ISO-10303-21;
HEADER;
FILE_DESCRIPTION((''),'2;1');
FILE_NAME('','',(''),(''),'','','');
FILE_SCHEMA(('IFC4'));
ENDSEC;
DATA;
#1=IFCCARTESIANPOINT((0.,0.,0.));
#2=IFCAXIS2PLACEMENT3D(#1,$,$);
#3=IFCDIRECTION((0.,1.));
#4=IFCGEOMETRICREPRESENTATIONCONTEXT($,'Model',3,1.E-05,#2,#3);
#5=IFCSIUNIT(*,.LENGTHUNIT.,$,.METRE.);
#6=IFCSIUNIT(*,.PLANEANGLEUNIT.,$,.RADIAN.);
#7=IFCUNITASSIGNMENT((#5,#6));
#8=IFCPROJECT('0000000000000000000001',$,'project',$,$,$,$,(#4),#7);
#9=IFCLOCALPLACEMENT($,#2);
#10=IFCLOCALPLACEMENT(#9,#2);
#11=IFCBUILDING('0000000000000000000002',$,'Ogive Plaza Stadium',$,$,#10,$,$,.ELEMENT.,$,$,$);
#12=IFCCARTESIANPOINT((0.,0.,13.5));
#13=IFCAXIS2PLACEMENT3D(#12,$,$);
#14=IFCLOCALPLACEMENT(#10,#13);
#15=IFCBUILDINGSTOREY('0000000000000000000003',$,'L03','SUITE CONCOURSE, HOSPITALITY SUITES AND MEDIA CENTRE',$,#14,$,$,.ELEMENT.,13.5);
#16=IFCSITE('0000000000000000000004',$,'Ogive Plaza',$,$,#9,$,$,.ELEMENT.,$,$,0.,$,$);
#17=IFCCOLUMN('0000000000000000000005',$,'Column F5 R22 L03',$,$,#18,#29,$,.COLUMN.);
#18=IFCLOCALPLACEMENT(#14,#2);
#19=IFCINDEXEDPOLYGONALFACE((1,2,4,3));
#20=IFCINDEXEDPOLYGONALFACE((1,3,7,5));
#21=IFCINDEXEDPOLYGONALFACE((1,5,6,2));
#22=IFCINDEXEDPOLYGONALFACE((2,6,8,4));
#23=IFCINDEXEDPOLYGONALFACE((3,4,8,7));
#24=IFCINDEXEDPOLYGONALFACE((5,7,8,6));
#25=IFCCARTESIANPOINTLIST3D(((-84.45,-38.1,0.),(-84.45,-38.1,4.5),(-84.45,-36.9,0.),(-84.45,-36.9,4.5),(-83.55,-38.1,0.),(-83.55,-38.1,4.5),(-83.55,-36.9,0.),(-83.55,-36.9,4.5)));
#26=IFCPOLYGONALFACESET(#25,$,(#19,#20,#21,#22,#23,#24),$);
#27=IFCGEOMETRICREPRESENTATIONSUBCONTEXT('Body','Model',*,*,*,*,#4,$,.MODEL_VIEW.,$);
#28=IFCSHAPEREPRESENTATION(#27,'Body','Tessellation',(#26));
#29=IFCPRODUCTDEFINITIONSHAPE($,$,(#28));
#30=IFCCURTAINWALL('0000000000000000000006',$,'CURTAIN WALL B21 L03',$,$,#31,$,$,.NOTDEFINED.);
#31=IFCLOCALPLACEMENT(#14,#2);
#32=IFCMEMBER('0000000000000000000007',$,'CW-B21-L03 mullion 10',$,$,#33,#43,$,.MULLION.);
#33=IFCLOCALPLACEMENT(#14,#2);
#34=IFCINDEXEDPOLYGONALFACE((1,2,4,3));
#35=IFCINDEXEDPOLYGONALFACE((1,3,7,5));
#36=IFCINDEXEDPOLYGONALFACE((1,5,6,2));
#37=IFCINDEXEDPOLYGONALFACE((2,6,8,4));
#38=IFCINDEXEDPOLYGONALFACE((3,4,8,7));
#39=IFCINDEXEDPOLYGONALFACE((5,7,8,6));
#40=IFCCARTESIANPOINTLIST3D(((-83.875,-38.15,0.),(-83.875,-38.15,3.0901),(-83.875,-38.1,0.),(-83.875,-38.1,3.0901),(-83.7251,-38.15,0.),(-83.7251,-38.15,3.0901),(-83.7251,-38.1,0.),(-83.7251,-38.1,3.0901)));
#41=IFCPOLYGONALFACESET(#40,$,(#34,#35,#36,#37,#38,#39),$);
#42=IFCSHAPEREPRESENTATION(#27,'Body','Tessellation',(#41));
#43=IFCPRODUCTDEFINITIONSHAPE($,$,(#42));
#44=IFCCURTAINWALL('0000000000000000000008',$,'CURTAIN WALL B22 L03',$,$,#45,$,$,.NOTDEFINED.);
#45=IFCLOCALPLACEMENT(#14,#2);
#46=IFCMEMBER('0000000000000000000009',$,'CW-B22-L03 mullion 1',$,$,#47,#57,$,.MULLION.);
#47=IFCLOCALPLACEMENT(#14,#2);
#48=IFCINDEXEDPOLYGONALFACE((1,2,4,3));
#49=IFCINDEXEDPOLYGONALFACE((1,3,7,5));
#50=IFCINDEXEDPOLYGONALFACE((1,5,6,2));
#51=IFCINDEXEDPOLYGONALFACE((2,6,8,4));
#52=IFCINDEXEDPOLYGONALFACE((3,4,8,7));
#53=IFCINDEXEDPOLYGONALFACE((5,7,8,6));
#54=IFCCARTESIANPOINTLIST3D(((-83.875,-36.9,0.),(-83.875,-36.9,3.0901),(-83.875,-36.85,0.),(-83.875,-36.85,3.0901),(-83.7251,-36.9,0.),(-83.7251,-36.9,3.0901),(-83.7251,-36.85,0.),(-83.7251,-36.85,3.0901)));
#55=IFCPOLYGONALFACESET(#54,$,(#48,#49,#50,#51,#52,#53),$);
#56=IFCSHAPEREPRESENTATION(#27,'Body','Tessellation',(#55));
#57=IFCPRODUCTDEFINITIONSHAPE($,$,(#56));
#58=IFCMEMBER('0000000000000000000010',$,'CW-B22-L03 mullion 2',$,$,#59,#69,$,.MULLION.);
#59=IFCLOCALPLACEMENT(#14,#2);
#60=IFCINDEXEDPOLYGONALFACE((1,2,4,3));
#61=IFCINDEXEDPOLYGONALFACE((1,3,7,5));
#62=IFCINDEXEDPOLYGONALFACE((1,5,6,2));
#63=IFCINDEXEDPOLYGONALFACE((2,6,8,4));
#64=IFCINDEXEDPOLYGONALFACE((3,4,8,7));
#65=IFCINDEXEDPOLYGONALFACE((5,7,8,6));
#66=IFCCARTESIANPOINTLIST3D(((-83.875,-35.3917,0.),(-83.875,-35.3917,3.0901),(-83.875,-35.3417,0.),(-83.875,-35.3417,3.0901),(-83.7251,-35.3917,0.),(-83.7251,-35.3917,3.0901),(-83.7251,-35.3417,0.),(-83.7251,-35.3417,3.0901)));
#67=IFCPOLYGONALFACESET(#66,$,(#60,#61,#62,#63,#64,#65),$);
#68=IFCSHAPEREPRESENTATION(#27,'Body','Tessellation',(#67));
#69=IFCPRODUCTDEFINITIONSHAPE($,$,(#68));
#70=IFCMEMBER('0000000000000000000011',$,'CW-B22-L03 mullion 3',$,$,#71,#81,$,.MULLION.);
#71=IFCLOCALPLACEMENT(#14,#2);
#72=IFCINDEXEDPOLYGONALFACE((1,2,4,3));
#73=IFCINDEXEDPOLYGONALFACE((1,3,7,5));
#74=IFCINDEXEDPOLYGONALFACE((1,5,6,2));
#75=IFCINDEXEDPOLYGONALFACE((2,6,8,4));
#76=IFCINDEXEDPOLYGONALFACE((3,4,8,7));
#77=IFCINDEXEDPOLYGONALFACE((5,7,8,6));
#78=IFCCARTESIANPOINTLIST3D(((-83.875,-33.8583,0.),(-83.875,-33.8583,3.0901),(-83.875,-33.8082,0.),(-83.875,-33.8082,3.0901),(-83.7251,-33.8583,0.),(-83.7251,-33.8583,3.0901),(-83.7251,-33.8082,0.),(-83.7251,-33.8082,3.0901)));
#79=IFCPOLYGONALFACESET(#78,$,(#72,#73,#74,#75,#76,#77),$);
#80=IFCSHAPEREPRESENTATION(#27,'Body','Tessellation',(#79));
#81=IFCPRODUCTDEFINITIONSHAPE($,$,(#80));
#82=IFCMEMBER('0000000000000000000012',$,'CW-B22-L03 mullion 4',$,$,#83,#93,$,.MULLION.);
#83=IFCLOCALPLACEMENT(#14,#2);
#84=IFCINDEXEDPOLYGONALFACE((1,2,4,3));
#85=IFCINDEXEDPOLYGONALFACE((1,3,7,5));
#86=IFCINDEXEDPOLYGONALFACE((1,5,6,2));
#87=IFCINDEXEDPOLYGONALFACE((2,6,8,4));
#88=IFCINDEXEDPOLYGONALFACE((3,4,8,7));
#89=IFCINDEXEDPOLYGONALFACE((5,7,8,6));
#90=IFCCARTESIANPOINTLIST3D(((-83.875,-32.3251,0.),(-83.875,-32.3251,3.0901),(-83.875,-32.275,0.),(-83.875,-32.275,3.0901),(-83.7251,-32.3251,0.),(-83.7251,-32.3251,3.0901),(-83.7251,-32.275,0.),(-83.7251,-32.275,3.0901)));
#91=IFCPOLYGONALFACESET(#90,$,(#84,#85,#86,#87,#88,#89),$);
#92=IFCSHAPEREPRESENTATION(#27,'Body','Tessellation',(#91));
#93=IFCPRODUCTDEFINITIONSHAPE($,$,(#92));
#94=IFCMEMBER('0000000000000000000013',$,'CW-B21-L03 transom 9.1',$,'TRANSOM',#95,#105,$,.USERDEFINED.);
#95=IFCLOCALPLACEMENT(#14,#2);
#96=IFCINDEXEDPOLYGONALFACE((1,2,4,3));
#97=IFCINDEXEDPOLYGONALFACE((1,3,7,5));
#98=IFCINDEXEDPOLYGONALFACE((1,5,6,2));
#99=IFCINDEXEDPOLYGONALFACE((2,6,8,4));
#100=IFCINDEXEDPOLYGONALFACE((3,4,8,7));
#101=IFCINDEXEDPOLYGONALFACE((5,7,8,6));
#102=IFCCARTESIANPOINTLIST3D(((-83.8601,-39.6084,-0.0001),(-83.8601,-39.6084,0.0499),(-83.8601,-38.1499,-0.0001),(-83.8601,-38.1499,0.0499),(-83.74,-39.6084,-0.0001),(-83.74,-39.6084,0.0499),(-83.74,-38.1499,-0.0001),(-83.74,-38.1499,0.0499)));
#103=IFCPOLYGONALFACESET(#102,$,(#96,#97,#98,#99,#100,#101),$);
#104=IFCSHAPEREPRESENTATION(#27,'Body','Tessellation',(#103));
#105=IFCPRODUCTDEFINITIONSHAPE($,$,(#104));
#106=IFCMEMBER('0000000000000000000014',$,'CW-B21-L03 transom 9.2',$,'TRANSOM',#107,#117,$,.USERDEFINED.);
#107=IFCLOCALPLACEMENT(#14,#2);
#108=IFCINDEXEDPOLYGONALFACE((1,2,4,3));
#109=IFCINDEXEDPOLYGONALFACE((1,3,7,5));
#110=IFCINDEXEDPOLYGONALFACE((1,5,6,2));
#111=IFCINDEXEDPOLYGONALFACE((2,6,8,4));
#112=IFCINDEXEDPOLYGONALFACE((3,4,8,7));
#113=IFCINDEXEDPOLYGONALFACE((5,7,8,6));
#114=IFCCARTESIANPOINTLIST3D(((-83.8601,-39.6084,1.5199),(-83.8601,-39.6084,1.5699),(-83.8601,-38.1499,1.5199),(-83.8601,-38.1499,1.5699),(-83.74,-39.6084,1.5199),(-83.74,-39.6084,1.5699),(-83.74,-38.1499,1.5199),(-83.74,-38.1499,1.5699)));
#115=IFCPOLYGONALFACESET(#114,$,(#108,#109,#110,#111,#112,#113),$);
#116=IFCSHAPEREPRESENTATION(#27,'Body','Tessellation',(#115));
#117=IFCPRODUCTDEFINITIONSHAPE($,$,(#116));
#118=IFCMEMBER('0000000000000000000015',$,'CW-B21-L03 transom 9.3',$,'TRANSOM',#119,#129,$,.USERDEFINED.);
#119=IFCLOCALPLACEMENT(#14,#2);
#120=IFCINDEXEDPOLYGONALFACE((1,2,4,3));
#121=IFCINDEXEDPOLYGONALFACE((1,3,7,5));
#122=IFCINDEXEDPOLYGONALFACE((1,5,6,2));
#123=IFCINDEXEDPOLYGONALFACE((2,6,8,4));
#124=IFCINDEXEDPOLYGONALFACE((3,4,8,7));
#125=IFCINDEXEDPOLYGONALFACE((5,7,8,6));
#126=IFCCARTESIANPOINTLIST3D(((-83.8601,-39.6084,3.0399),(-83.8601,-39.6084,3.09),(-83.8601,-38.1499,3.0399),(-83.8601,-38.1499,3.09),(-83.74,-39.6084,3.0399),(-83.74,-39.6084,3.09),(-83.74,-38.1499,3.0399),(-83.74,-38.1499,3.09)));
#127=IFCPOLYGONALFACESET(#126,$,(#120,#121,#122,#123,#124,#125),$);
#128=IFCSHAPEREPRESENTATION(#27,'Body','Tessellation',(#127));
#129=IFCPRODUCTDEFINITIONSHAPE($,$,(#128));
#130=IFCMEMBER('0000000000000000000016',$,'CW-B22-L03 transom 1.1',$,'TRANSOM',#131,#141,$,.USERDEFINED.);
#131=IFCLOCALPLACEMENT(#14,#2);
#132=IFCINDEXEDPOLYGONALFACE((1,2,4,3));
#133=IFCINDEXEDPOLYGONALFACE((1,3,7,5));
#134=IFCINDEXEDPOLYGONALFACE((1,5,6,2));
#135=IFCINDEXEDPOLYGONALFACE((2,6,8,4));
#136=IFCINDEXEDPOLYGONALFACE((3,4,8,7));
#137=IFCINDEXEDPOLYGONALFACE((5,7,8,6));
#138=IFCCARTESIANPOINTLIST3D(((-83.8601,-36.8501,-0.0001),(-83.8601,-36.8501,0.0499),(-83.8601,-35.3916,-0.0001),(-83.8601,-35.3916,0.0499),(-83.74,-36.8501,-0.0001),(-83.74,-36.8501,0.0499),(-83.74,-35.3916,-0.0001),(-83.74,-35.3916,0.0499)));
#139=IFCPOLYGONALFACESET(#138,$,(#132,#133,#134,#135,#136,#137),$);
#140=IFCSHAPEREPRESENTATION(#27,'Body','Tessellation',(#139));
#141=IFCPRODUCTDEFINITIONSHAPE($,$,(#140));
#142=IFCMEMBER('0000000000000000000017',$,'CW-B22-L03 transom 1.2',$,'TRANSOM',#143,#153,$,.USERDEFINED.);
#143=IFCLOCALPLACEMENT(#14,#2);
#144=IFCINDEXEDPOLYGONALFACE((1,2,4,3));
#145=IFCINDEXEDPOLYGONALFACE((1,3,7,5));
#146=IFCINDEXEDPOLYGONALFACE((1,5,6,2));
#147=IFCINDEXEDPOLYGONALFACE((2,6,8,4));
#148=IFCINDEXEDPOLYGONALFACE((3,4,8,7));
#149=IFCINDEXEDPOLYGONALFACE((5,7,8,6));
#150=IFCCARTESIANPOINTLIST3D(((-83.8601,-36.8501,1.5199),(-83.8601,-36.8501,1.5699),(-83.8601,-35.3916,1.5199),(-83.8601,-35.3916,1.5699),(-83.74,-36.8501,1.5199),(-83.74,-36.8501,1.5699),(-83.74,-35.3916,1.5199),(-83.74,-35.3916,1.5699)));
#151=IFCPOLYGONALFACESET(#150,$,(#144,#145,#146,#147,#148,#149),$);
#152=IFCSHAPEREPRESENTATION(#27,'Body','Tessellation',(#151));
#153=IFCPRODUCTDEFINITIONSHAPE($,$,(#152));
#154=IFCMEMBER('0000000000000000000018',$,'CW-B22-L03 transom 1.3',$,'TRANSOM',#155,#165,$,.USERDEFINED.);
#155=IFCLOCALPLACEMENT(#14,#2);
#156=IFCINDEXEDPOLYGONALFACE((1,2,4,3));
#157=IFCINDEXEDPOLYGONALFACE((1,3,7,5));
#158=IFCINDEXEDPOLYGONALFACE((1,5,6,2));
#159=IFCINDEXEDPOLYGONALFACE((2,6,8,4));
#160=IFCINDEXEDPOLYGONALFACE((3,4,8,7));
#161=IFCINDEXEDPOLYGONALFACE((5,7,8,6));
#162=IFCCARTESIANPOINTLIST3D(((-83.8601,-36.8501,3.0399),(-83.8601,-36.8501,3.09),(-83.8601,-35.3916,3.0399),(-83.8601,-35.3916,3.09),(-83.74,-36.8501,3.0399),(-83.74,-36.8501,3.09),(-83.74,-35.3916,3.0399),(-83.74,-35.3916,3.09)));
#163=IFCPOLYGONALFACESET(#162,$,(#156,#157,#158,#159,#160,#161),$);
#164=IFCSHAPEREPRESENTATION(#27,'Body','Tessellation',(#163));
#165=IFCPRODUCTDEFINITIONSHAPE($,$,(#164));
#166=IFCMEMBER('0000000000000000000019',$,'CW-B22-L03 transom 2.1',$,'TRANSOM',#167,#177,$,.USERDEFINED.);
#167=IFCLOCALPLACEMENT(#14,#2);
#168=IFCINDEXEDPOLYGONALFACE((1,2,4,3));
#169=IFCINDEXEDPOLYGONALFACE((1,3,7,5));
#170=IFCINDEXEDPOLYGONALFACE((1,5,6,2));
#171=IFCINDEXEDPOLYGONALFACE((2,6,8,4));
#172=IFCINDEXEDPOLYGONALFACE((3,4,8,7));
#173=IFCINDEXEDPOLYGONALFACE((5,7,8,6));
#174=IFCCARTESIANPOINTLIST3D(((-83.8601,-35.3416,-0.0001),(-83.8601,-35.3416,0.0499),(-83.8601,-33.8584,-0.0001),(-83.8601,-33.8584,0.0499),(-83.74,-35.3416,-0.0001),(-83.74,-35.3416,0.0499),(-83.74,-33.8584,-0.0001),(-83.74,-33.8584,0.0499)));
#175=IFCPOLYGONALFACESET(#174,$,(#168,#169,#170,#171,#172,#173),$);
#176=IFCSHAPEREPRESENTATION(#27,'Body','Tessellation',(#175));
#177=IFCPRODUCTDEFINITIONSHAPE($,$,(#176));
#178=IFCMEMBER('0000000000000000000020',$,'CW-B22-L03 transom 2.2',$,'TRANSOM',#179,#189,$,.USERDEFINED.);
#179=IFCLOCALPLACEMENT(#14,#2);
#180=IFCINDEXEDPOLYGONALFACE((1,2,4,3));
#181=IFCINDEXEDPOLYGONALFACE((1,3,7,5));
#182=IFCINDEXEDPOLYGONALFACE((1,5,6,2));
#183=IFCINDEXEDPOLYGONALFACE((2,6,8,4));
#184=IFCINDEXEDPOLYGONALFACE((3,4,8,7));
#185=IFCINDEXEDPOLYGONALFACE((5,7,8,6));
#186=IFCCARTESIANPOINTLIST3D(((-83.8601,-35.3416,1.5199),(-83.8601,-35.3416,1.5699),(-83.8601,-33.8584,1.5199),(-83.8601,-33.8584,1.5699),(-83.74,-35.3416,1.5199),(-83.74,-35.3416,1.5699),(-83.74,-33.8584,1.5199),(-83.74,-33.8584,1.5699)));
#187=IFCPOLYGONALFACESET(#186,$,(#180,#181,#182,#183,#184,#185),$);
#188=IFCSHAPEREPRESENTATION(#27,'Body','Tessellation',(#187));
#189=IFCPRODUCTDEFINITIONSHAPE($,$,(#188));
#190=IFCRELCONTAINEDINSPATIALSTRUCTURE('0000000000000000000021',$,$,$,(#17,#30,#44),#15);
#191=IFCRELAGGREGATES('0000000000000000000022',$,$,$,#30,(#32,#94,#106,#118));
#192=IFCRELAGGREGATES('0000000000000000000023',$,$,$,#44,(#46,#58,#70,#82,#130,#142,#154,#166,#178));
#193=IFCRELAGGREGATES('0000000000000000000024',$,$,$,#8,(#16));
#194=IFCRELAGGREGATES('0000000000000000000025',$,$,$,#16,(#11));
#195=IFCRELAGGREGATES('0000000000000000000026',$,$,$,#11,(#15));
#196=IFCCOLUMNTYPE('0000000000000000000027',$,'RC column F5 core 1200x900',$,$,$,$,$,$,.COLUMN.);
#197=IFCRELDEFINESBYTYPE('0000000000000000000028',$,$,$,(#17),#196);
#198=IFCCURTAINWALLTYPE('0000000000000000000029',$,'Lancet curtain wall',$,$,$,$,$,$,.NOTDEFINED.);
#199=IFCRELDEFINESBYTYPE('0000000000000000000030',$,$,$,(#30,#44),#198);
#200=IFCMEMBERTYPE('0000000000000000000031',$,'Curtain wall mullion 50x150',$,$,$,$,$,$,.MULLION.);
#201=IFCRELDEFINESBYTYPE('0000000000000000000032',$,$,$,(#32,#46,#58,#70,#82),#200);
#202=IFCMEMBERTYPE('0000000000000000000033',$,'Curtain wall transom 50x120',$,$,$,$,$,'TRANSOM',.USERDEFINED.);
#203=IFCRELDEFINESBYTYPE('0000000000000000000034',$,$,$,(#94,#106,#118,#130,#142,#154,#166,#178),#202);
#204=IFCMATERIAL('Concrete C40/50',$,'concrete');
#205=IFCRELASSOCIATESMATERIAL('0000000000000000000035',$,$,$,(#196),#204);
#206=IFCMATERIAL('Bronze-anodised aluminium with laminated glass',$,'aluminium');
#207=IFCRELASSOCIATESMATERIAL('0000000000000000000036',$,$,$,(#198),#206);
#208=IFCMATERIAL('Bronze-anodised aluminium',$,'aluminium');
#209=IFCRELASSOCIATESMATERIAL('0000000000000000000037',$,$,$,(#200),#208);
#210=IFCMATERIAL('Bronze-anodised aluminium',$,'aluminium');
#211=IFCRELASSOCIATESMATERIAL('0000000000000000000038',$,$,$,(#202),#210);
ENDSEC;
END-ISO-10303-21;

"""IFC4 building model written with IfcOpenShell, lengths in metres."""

from ifc_helpers import new_model, si_unit, direction, frame, origin, origin_2d, place, context, subcontext, project, spatial, rectangle, extrude, material, material_profile, profile_set, type_object, element, aggregate, save


model = new_model("IFC4")

# Units and contexts
model_context = context("Model", 3, precision=1e-05, world=origin(), true_north=direction((0.0, 1.0)))
body_context = subcontext(model_context, "Body", "Model", "MODEL_VIEW")
ifc_project = project(units=[si_unit("LENGTHUNIT", "METRE"), si_unit("PLANEANGLEUNIT", "RADIAN")], contexts=[model_context])

# Site, building, storey
site_placement = place(None, origin())
site = spatial("IfcSite", under=ifc_project, at=site_placement, Name="Ogive Plaza", CompositionType="ELEMENT", RefElevation=0.0)
building_placement = place(site_placement, origin())
building = spatial("IfcBuilding", under=site, at=building_placement, Name="Ogive Plaza Stadium", CompositionType="ELEMENT")
storey_placement = place(building_placement, frame((0.0, 0.0, 13.5)))
storey = spatial("IfcBuildingStorey", under=building, at=storey_placement, Name="L03", Description="SUITE CONCOURSE, HOSPITALITY SUITES AND MEDIA CENTRE", CompositionType="ELEMENT", Elevation=13.5)

# Column
ifc_material_1 = material(Name="Concrete C40/50", Category="concrete")
ifc_material_profile_1 = material_profile(ifc_material_1, rectangle(XDim=1.2, YDim=0.8999, at=origin_2d()), Name="RC 1200x900")
ifc_profile_set_1 = profile_set([ifc_material_profile_1], Name="Concrete C40/50")
column_type = type_object("IfcColumnType", Name="RC column F5 core 1200x900", PredefinedType="COLUMN", material=ifc_profile_set_1)
column_placement = place(storey_placement, frame((-84.0, -37.5, 0.0), z_axis=(0.0, 0.0, 1.0), x_axis=(0.0, -1.0, 0.0)))
element("IfcColumn", 1, at=column_placement, inside=storey, type_object=column_type, Name="Column F5 R22 L03", PredefinedType="COLUMN", context=body_context, shape_type="SweptSolid", body=[
    extrude(rectangle(XDim=1.2, YDim=0.8999, at=origin_2d()), origin(), (0.0, 0.0, 1.0), 4.5),
])

# Curtain wall, member
ifc_material_2 = material(Name="Bronze-anodised aluminium with laminated glass", Category="aluminium")
curtain_wall_type = type_object("IfcCurtainWallType", Name="Lancet curtain wall", PredefinedType="NOTDEFINED", material=ifc_material_2)
curtain_wall_1_placement = place(storey_placement, origin())
curtain_wall_1 = element("IfcCurtainWall", 2, at=curtain_wall_1_placement, inside=storey, type_object=curtain_wall_type, Name="CURTAIN WALL B21 L03", PredefinedType="NOTDEFINED")
ifc_material_3 = material(Name="Bronze-anodised aluminium", Category="aluminium")
ifc_material_profile_2 = material_profile(ifc_material_3, rectangle(XDim=0.1499, YDim=0.05, at=origin_2d()), Name="AL 150x50")
ifc_profile_set_2 = profile_set([ifc_material_profile_2], Name="Bronze-anodised aluminium")
member_type_1 = type_object("IfcMemberType", Name="Curtain wall mullion 50x150", PredefinedType="MULLION", material=ifc_profile_set_2)
member_1_placement = place(storey_placement, frame((-83.8, -38.125, 0.0), z_axis=(0.0, 0.0, 1.0), x_axis=(-1.0, 0.0, 0.0)))
member_1 = element("IfcMember", 3, at=member_1_placement, type_object=member_type_1, Name="CW-B21-L03 mullion 10", PredefinedType="MULLION", context=body_context, shape_type="SweptSolid", body=[
    extrude(rectangle(XDim=0.1499, YDim=0.05, at=origin_2d()), origin(), (0.0, 0.0, 1.0), 3.0901),
])

# Curtain wall, members
curtain_wall_2_placement = place(storey_placement, origin())
curtain_wall_2 = element("IfcCurtainWall", 4, at=curtain_wall_2_placement, inside=storey, type_object=curtain_wall_type, Name="CURTAIN WALL B22 L03", PredefinedType="NOTDEFINED")
member_2_placement = place(storey_placement, frame((-83.8, -36.875, 0.0), z_axis=(0.0, 0.0, 1.0), x_axis=(-1.0, 0.0, 0.0)))
member_2 = element("IfcMember", 5, at=member_2_placement, type_object=member_type_1, Name="CW-B22-L03 mullion 1", PredefinedType="MULLION", context=body_context, shape_type="SweptSolid", body=[
    extrude(rectangle(XDim=0.1499, YDim=0.05, at=origin_2d()), origin(), (0.0, 0.0, 1.0), 3.0901),
])
member_3_placement = place(storey_placement, frame((-83.8, -35.3667, 0.0), z_axis=(0.0, 0.0, 1.0), x_axis=(-1.0, 0.0, 0.0)))
member_3 = element("IfcMember", 6, at=member_3_placement, type_object=member_type_1, Name="CW-B22-L03 mullion 2", PredefinedType="MULLION", context=body_context, shape_type="SweptSolid", body=[
    extrude(rectangle(XDim=0.1499, YDim=0.05, at=origin_2d()), origin(), (0.0, 0.0, 1.0), 3.0901),
])
member_4_placement = place(storey_placement, frame((-83.8, -33.8333, 0.0), z_axis=(0.0, 0.0, 1.0), x_axis=(-1.0, 0.0, 0.0)))
member_4 = element("IfcMember", 7, at=member_4_placement, type_object=member_type_1, Name="CW-B22-L03 mullion 3", PredefinedType="MULLION", context=body_context, shape_type="SweptSolid", body=[
    extrude(rectangle(XDim=0.1499, YDim=0.05, at=origin_2d()), origin(), (0.0, 0.0, 1.0), 3.0901),
])
member_5_placement = place(storey_placement, frame((-83.8, -32.3, 0.0), z_axis=(0.0, 0.0, 1.0), x_axis=(-1.0, 0.0, 0.0)))
member_5 = element("IfcMember", 8, at=member_5_placement, type_object=member_type_1, Name="CW-B22-L03 mullion 4", PredefinedType="MULLION", context=body_context, shape_type="SweptSolid", body=[
    extrude(rectangle(XDim=0.1499, YDim=0.05, at=origin_2d()), origin(), (0.0, 0.0, 1.0), 3.0901),
])

# Members
ifc_material_4 = material(Name="Bronze-anodised aluminium", Category="aluminium")
ifc_material_profile_3 = material_profile(ifc_material_4, rectangle(XDim=0.1201, YDim=0.05, at=origin_2d()), Name="AL 120x50")
ifc_profile_set_3 = profile_set([ifc_material_profile_3], Name="Bronze-anodised aluminium")
member_type_2 = type_object("IfcMemberType", Name="Curtain wall transom 50x120", ElementType="TRANSOM", PredefinedType="USERDEFINED", material=ifc_profile_set_3)
member_6_placement = place(storey_placement, frame((-83.8, -39.6084, 0.0249), z_axis=(0.0, 1.0, 0.0), x_axis=(-1.0, 0.0, 0.0)))
member_6 = element("IfcMember", 9, at=member_6_placement, type_object=member_type_2, Name="CW-B21-L03 transom 9.1", ObjectType="TRANSOM", PredefinedType="USERDEFINED", context=body_context, shape_type="SweptSolid", body=[
    extrude(rectangle(XDim=0.1201, YDim=0.05, at=origin_2d()), origin(), (0.0, 0.0, 1.0), 1.4585),
])
member_7_placement = place(storey_placement, frame((-83.8, -39.6084, 1.5449), z_axis=(0.0, 1.0, 0.0), x_axis=(-1.0, 0.0, 0.0)))
member_7 = element("IfcMember", 10, at=member_7_placement, type_object=member_type_2, Name="CW-B21-L03 transom 9.2", ObjectType="TRANSOM", PredefinedType="USERDEFINED", context=body_context, shape_type="SweptSolid", body=[
    extrude(rectangle(XDim=0.1201, YDim=0.05, at=origin_2d()), origin(), (0.0, 0.0, 1.0), 1.4585),
])
member_8_placement = place(storey_placement, frame((-83.8, -39.6084, 3.0649), z_axis=(0.0, 1.0, 0.0), x_axis=(-1.0, 0.0, 0.0)))
member_8 = element("IfcMember", 11, at=member_8_placement, type_object=member_type_2, Name="CW-B21-L03 transom 9.3", ObjectType="TRANSOM", PredefinedType="USERDEFINED", context=body_context, shape_type="SweptSolid", body=[
    extrude(rectangle(XDim=0.1201, YDim=0.05, at=origin_2d()), origin(), (0.0, 0.0, 1.0), 1.4585),
])
member_9_placement = place(storey_placement, frame((-83.8, -36.8501, 0.0249), z_axis=(0.0, 1.0, 0.0), x_axis=(-1.0, 0.0, 0.0)))
member_9 = element("IfcMember", 12, at=member_9_placement, type_object=member_type_2, Name="CW-B22-L03 transom 1.1", ObjectType="TRANSOM", PredefinedType="USERDEFINED", context=body_context, shape_type="SweptSolid", body=[
    extrude(rectangle(XDim=0.1201, YDim=0.05, at=origin_2d()), origin(), (0.0, 0.0, 1.0), 1.4585),
])
member_10_placement = place(storey_placement, frame((-83.8, -36.8501, 1.5449), z_axis=(0.0, 1.0, 0.0), x_axis=(-1.0, 0.0, 0.0)))
member_10 = element("IfcMember", 13, at=member_10_placement, type_object=member_type_2, Name="CW-B22-L03 transom 1.2", ObjectType="TRANSOM", PredefinedType="USERDEFINED", context=body_context, shape_type="SweptSolid", body=[
    extrude(rectangle(XDim=0.1201, YDim=0.05, at=origin_2d()), origin(), (0.0, 0.0, 1.0), 1.4585),
])
member_11_placement = place(storey_placement, frame((-83.8, -36.8501, 3.0649), z_axis=(0.0, 1.0, 0.0), x_axis=(-1.0, 0.0, 0.0)))
member_11 = element("IfcMember", 14, at=member_11_placement, type_object=member_type_2, Name="CW-B22-L03 transom 1.3", ObjectType="TRANSOM", PredefinedType="USERDEFINED", context=body_context, shape_type="SweptSolid", body=[
    extrude(rectangle(XDim=0.1201, YDim=0.05, at=origin_2d()), origin(), (0.0, 0.0, 1.0), 1.4585),
])
member_12_placement = place(storey_placement, frame((-83.8, -35.3416, 0.0249), z_axis=(0.0, 1.0, 0.0), x_axis=(-1.0, 0.0, 0.0)))
member_12 = element("IfcMember", 15, at=member_12_placement, type_object=member_type_2, Name="CW-B22-L03 transom 2.1", ObjectType="TRANSOM", PredefinedType="USERDEFINED", context=body_context, shape_type="SweptSolid", body=[
    extrude(rectangle(XDim=0.1201, YDim=0.05, at=origin_2d()), origin(), (0.0, 0.0, 1.0), 1.4832),
])
member_13_placement = place(storey_placement, frame((-83.8, -35.3416, 1.5449), z_axis=(0.0, 1.0, 0.0), x_axis=(-1.0, 0.0, 0.0)))
member_13 = element("IfcMember", 16, at=member_13_placement, type_object=member_type_2, Name="CW-B22-L03 transom 2.2", ObjectType="TRANSOM", PredefinedType="USERDEFINED", context=body_context, shape_type="SweptSolid", body=[
    extrude(rectangle(XDim=0.1201, YDim=0.05, at=origin_2d()), origin(), (0.0, 0.0, 1.0), 1.4832),
])

aggregate(curtain_wall_1, [member_1, member_6, member_7, member_8])
aggregate(curtain_wall_2, [member_2, member_3, member_4, member_5, member_9, member_10, member_11, member_12, member_13])

save(model, "model.ifc")
